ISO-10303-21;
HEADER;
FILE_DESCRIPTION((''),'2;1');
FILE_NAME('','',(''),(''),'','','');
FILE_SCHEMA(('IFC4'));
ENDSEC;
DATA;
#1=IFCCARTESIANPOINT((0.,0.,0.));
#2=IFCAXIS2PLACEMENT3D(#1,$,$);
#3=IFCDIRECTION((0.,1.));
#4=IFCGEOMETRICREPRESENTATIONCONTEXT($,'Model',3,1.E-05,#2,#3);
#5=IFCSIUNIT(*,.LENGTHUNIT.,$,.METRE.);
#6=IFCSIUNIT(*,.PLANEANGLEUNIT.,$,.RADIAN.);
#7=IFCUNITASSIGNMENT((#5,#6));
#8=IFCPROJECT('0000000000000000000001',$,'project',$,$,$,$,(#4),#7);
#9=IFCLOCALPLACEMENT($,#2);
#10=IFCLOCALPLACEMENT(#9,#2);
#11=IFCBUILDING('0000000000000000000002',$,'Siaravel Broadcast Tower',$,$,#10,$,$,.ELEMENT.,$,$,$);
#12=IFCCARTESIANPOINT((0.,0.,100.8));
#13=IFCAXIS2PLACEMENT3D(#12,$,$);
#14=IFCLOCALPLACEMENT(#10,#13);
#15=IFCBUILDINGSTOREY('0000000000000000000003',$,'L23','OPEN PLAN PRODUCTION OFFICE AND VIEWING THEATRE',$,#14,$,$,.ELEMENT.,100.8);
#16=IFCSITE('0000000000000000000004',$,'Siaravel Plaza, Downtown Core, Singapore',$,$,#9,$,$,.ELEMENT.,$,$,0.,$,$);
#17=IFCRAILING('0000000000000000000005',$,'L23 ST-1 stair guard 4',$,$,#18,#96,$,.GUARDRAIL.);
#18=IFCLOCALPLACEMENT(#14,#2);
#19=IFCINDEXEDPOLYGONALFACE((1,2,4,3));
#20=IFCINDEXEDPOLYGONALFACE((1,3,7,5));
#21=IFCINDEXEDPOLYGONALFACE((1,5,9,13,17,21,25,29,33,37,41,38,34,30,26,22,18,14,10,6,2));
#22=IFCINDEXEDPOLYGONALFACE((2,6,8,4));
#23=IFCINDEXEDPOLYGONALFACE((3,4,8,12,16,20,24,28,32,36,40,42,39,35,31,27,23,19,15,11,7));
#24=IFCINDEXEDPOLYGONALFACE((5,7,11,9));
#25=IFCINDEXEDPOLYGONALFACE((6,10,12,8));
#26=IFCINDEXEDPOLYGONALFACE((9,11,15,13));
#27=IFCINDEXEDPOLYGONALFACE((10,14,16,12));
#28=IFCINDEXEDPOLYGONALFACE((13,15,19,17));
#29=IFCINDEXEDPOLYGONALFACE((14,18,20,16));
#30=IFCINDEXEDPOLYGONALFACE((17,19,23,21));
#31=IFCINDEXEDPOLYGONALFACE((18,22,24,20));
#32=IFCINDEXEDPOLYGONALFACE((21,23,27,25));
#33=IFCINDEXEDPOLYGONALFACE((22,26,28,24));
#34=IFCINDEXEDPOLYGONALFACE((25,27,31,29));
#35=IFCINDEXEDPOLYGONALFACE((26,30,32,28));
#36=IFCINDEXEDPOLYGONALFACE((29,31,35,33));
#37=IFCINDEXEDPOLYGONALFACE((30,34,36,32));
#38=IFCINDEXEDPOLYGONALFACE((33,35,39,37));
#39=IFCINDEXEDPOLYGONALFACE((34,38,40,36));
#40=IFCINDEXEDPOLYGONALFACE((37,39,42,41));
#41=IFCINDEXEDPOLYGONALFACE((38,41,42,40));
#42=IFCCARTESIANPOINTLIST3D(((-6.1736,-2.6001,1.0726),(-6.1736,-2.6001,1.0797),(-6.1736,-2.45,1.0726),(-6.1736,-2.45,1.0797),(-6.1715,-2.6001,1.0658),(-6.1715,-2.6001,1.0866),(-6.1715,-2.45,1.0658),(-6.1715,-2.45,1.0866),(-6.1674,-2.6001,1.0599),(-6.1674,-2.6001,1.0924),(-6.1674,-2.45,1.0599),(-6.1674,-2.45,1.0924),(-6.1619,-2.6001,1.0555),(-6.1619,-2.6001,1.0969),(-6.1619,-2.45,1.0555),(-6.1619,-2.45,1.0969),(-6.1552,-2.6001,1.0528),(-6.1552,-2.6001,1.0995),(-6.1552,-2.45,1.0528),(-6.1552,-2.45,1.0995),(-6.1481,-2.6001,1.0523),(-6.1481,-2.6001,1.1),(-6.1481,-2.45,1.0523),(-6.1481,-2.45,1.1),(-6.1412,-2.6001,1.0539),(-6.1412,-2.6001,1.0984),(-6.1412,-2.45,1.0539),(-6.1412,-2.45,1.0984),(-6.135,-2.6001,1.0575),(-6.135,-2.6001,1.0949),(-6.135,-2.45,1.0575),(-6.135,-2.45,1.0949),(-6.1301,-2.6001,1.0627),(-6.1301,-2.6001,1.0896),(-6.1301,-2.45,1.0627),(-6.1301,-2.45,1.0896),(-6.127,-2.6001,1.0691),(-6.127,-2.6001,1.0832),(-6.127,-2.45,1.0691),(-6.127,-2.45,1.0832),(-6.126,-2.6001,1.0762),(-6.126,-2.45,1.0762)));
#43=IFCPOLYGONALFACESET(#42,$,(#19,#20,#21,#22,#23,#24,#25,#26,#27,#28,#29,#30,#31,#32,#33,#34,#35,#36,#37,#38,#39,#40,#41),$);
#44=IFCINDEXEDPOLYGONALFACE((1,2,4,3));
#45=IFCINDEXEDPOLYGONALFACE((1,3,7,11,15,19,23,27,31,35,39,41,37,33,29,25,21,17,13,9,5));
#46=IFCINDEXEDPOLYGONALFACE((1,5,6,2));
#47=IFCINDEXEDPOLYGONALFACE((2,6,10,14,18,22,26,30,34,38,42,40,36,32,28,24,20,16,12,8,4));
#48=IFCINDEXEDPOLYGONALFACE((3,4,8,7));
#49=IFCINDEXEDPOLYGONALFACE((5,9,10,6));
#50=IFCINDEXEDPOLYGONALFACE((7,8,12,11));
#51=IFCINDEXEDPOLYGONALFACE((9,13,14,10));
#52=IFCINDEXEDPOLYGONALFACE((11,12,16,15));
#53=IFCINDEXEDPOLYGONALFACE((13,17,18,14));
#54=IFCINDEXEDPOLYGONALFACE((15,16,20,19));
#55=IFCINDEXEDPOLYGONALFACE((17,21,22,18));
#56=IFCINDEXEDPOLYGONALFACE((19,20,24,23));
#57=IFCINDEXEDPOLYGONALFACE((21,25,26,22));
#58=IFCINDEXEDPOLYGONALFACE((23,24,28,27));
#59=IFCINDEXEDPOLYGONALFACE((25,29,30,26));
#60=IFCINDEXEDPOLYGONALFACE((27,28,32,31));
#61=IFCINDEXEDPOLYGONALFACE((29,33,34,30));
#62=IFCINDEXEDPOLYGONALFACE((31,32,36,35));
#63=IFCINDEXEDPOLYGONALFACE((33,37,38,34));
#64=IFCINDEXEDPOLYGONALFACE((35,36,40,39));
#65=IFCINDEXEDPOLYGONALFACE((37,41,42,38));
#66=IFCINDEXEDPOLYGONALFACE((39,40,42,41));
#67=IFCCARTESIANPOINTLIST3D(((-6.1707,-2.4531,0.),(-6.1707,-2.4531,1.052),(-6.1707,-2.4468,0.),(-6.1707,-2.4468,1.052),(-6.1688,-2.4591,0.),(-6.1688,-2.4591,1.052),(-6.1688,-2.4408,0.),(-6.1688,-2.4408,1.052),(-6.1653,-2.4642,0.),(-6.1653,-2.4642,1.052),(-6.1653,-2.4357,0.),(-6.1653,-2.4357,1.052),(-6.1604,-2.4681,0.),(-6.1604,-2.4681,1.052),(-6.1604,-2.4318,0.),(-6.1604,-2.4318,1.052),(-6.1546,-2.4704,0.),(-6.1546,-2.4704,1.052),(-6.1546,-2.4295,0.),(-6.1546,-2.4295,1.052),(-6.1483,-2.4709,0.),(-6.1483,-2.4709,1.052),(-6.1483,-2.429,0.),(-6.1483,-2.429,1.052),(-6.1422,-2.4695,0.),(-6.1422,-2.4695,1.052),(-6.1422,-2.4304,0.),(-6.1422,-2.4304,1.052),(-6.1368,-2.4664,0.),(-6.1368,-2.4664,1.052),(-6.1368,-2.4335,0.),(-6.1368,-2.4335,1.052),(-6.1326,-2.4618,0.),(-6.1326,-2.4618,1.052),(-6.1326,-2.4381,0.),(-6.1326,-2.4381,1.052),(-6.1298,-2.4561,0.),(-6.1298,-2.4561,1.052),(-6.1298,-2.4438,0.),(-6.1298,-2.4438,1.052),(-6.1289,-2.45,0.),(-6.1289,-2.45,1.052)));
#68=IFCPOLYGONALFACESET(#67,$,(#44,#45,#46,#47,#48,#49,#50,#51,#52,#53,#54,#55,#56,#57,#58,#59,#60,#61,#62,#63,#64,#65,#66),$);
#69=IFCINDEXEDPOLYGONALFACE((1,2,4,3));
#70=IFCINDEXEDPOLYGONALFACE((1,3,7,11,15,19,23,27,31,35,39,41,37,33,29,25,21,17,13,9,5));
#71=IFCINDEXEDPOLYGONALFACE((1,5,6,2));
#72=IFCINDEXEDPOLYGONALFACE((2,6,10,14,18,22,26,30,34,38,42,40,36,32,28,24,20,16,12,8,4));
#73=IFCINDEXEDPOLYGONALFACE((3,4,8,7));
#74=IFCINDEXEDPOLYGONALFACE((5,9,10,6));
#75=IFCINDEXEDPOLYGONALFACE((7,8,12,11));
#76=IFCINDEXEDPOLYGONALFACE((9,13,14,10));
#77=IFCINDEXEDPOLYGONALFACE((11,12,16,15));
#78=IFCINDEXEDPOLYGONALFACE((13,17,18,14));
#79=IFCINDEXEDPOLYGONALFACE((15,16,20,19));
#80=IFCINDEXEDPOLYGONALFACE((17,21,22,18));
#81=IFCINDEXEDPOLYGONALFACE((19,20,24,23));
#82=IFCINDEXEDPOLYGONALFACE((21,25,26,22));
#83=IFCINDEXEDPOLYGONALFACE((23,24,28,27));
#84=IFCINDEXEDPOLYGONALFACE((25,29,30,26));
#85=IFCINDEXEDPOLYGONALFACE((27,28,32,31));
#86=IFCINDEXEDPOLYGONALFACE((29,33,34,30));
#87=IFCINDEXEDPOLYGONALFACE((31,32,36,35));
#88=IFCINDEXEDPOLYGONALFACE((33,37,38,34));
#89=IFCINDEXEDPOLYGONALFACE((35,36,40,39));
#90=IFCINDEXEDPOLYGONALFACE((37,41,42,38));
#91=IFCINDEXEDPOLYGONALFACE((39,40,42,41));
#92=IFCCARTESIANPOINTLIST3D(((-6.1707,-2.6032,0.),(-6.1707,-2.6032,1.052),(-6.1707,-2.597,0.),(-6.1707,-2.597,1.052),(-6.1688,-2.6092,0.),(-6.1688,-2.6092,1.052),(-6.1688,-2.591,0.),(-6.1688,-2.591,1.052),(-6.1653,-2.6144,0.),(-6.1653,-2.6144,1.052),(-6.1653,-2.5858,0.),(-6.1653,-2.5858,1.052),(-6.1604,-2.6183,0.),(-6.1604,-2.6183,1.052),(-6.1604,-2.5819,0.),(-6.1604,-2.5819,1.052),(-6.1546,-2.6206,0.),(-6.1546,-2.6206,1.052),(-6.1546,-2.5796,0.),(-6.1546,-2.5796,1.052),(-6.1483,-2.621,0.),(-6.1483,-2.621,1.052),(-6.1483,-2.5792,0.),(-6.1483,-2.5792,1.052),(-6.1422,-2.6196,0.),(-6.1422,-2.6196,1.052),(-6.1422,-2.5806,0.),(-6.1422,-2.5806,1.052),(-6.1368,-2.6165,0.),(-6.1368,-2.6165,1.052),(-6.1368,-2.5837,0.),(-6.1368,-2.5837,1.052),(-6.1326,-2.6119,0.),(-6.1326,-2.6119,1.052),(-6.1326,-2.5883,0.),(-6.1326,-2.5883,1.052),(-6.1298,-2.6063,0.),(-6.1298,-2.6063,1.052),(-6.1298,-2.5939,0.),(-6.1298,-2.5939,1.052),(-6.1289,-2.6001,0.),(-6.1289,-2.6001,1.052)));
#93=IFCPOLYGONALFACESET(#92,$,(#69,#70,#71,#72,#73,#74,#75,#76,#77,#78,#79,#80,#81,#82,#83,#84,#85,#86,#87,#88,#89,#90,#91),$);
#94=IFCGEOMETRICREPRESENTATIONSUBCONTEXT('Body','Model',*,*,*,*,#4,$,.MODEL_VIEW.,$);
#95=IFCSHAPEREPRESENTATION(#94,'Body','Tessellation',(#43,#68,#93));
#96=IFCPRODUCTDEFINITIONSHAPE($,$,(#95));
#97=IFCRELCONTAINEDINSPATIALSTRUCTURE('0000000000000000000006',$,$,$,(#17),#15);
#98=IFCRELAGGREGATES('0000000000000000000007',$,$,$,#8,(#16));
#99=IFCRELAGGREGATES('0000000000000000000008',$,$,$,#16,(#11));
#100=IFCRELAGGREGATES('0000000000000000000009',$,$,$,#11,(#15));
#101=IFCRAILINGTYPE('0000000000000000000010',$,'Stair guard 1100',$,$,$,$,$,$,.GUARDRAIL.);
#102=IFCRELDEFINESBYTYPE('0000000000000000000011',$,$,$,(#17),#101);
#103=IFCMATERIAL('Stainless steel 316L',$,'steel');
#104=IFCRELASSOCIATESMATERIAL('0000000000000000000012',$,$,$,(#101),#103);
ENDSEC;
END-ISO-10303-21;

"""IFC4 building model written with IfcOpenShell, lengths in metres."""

from ifc_helpers import new_model, si_unit, direction, frame, origin, origin_2d, place, context, subcontext, project, spatial, circle, extrude, material, type_object, element, save


model = new_model("IFC4")

# Units and contexts
model_context = context("Model", 3, precision=1e-05, world=origin(), true_north=direction((0.0, 1.0)))
body_context = subcontext(model_context, "Body", "Model", "MODEL_VIEW")
ifc_project = project(units=[si_unit("LENGTHUNIT", "METRE"), si_unit("PLANEANGLEUNIT", "RADIAN")], contexts=[model_context])

# Site, building, storey
site_placement = place(None, origin())
site = spatial("IfcSite", under=ifc_project, at=site_placement, Name="Siaravel Plaza, Downtown Core, Singapore", CompositionType="ELEMENT", RefElevation=0.0)
building_placement = place(site_placement, origin())
building = spatial("IfcBuilding", under=site, at=building_placement, Name="Siaravel Broadcast Tower", CompositionType="ELEMENT")
storey_placement = place(building_placement, frame((0.0, 0.0, 100.8)))
storey = spatial("IfcBuildingStorey", under=building, at=storey_placement, Name="L23", Description="OPEN PLAN PRODUCTION OFFICE AND VIEWING THEATRE", CompositionType="ELEMENT", Elevation=100.8)

# Railing
ifc_material_1 = material(Name="Stainless steel 316L", Category="steel")
railing_type_1 = type_object("IfcRailingType", Name="Stair guard 1100", PredefinedType="GUARDRAIL", material=ifc_material_1)
railing_1_placement = place(storey_placement, frame((-6.1499, -2.45, 0.0)))
element("IfcRailing", 1, at=railing_1_placement, inside=storey, type_object=railing_type_1, Name="L23 ST-1 stair guard 4", PredefinedType="GUARDRAIL", context=body_context, shape_type="SweptSolid", body=[
    extrude(circle(Radius=0.0239, at=origin_2d()), frame((0.0, 0.0, 1.0762), z_axis=(0.0, -1.0, 0.0), x_axis=(1.0, 0.0, 0.0)), (0.0, 0.0, 1.0), 0.1501),
    extrude(circle(Radius=0.021, at=origin_2d()), origin(), (0.0, 0.0, 1.0), 1.052),
    extrude(circle(Radius=0.021, at=origin_2d()), frame((0.0, -0.1501, 0.0)), (0.0, 0.0, 1.0), 1.052),
])

save(model, "model.ifc")
